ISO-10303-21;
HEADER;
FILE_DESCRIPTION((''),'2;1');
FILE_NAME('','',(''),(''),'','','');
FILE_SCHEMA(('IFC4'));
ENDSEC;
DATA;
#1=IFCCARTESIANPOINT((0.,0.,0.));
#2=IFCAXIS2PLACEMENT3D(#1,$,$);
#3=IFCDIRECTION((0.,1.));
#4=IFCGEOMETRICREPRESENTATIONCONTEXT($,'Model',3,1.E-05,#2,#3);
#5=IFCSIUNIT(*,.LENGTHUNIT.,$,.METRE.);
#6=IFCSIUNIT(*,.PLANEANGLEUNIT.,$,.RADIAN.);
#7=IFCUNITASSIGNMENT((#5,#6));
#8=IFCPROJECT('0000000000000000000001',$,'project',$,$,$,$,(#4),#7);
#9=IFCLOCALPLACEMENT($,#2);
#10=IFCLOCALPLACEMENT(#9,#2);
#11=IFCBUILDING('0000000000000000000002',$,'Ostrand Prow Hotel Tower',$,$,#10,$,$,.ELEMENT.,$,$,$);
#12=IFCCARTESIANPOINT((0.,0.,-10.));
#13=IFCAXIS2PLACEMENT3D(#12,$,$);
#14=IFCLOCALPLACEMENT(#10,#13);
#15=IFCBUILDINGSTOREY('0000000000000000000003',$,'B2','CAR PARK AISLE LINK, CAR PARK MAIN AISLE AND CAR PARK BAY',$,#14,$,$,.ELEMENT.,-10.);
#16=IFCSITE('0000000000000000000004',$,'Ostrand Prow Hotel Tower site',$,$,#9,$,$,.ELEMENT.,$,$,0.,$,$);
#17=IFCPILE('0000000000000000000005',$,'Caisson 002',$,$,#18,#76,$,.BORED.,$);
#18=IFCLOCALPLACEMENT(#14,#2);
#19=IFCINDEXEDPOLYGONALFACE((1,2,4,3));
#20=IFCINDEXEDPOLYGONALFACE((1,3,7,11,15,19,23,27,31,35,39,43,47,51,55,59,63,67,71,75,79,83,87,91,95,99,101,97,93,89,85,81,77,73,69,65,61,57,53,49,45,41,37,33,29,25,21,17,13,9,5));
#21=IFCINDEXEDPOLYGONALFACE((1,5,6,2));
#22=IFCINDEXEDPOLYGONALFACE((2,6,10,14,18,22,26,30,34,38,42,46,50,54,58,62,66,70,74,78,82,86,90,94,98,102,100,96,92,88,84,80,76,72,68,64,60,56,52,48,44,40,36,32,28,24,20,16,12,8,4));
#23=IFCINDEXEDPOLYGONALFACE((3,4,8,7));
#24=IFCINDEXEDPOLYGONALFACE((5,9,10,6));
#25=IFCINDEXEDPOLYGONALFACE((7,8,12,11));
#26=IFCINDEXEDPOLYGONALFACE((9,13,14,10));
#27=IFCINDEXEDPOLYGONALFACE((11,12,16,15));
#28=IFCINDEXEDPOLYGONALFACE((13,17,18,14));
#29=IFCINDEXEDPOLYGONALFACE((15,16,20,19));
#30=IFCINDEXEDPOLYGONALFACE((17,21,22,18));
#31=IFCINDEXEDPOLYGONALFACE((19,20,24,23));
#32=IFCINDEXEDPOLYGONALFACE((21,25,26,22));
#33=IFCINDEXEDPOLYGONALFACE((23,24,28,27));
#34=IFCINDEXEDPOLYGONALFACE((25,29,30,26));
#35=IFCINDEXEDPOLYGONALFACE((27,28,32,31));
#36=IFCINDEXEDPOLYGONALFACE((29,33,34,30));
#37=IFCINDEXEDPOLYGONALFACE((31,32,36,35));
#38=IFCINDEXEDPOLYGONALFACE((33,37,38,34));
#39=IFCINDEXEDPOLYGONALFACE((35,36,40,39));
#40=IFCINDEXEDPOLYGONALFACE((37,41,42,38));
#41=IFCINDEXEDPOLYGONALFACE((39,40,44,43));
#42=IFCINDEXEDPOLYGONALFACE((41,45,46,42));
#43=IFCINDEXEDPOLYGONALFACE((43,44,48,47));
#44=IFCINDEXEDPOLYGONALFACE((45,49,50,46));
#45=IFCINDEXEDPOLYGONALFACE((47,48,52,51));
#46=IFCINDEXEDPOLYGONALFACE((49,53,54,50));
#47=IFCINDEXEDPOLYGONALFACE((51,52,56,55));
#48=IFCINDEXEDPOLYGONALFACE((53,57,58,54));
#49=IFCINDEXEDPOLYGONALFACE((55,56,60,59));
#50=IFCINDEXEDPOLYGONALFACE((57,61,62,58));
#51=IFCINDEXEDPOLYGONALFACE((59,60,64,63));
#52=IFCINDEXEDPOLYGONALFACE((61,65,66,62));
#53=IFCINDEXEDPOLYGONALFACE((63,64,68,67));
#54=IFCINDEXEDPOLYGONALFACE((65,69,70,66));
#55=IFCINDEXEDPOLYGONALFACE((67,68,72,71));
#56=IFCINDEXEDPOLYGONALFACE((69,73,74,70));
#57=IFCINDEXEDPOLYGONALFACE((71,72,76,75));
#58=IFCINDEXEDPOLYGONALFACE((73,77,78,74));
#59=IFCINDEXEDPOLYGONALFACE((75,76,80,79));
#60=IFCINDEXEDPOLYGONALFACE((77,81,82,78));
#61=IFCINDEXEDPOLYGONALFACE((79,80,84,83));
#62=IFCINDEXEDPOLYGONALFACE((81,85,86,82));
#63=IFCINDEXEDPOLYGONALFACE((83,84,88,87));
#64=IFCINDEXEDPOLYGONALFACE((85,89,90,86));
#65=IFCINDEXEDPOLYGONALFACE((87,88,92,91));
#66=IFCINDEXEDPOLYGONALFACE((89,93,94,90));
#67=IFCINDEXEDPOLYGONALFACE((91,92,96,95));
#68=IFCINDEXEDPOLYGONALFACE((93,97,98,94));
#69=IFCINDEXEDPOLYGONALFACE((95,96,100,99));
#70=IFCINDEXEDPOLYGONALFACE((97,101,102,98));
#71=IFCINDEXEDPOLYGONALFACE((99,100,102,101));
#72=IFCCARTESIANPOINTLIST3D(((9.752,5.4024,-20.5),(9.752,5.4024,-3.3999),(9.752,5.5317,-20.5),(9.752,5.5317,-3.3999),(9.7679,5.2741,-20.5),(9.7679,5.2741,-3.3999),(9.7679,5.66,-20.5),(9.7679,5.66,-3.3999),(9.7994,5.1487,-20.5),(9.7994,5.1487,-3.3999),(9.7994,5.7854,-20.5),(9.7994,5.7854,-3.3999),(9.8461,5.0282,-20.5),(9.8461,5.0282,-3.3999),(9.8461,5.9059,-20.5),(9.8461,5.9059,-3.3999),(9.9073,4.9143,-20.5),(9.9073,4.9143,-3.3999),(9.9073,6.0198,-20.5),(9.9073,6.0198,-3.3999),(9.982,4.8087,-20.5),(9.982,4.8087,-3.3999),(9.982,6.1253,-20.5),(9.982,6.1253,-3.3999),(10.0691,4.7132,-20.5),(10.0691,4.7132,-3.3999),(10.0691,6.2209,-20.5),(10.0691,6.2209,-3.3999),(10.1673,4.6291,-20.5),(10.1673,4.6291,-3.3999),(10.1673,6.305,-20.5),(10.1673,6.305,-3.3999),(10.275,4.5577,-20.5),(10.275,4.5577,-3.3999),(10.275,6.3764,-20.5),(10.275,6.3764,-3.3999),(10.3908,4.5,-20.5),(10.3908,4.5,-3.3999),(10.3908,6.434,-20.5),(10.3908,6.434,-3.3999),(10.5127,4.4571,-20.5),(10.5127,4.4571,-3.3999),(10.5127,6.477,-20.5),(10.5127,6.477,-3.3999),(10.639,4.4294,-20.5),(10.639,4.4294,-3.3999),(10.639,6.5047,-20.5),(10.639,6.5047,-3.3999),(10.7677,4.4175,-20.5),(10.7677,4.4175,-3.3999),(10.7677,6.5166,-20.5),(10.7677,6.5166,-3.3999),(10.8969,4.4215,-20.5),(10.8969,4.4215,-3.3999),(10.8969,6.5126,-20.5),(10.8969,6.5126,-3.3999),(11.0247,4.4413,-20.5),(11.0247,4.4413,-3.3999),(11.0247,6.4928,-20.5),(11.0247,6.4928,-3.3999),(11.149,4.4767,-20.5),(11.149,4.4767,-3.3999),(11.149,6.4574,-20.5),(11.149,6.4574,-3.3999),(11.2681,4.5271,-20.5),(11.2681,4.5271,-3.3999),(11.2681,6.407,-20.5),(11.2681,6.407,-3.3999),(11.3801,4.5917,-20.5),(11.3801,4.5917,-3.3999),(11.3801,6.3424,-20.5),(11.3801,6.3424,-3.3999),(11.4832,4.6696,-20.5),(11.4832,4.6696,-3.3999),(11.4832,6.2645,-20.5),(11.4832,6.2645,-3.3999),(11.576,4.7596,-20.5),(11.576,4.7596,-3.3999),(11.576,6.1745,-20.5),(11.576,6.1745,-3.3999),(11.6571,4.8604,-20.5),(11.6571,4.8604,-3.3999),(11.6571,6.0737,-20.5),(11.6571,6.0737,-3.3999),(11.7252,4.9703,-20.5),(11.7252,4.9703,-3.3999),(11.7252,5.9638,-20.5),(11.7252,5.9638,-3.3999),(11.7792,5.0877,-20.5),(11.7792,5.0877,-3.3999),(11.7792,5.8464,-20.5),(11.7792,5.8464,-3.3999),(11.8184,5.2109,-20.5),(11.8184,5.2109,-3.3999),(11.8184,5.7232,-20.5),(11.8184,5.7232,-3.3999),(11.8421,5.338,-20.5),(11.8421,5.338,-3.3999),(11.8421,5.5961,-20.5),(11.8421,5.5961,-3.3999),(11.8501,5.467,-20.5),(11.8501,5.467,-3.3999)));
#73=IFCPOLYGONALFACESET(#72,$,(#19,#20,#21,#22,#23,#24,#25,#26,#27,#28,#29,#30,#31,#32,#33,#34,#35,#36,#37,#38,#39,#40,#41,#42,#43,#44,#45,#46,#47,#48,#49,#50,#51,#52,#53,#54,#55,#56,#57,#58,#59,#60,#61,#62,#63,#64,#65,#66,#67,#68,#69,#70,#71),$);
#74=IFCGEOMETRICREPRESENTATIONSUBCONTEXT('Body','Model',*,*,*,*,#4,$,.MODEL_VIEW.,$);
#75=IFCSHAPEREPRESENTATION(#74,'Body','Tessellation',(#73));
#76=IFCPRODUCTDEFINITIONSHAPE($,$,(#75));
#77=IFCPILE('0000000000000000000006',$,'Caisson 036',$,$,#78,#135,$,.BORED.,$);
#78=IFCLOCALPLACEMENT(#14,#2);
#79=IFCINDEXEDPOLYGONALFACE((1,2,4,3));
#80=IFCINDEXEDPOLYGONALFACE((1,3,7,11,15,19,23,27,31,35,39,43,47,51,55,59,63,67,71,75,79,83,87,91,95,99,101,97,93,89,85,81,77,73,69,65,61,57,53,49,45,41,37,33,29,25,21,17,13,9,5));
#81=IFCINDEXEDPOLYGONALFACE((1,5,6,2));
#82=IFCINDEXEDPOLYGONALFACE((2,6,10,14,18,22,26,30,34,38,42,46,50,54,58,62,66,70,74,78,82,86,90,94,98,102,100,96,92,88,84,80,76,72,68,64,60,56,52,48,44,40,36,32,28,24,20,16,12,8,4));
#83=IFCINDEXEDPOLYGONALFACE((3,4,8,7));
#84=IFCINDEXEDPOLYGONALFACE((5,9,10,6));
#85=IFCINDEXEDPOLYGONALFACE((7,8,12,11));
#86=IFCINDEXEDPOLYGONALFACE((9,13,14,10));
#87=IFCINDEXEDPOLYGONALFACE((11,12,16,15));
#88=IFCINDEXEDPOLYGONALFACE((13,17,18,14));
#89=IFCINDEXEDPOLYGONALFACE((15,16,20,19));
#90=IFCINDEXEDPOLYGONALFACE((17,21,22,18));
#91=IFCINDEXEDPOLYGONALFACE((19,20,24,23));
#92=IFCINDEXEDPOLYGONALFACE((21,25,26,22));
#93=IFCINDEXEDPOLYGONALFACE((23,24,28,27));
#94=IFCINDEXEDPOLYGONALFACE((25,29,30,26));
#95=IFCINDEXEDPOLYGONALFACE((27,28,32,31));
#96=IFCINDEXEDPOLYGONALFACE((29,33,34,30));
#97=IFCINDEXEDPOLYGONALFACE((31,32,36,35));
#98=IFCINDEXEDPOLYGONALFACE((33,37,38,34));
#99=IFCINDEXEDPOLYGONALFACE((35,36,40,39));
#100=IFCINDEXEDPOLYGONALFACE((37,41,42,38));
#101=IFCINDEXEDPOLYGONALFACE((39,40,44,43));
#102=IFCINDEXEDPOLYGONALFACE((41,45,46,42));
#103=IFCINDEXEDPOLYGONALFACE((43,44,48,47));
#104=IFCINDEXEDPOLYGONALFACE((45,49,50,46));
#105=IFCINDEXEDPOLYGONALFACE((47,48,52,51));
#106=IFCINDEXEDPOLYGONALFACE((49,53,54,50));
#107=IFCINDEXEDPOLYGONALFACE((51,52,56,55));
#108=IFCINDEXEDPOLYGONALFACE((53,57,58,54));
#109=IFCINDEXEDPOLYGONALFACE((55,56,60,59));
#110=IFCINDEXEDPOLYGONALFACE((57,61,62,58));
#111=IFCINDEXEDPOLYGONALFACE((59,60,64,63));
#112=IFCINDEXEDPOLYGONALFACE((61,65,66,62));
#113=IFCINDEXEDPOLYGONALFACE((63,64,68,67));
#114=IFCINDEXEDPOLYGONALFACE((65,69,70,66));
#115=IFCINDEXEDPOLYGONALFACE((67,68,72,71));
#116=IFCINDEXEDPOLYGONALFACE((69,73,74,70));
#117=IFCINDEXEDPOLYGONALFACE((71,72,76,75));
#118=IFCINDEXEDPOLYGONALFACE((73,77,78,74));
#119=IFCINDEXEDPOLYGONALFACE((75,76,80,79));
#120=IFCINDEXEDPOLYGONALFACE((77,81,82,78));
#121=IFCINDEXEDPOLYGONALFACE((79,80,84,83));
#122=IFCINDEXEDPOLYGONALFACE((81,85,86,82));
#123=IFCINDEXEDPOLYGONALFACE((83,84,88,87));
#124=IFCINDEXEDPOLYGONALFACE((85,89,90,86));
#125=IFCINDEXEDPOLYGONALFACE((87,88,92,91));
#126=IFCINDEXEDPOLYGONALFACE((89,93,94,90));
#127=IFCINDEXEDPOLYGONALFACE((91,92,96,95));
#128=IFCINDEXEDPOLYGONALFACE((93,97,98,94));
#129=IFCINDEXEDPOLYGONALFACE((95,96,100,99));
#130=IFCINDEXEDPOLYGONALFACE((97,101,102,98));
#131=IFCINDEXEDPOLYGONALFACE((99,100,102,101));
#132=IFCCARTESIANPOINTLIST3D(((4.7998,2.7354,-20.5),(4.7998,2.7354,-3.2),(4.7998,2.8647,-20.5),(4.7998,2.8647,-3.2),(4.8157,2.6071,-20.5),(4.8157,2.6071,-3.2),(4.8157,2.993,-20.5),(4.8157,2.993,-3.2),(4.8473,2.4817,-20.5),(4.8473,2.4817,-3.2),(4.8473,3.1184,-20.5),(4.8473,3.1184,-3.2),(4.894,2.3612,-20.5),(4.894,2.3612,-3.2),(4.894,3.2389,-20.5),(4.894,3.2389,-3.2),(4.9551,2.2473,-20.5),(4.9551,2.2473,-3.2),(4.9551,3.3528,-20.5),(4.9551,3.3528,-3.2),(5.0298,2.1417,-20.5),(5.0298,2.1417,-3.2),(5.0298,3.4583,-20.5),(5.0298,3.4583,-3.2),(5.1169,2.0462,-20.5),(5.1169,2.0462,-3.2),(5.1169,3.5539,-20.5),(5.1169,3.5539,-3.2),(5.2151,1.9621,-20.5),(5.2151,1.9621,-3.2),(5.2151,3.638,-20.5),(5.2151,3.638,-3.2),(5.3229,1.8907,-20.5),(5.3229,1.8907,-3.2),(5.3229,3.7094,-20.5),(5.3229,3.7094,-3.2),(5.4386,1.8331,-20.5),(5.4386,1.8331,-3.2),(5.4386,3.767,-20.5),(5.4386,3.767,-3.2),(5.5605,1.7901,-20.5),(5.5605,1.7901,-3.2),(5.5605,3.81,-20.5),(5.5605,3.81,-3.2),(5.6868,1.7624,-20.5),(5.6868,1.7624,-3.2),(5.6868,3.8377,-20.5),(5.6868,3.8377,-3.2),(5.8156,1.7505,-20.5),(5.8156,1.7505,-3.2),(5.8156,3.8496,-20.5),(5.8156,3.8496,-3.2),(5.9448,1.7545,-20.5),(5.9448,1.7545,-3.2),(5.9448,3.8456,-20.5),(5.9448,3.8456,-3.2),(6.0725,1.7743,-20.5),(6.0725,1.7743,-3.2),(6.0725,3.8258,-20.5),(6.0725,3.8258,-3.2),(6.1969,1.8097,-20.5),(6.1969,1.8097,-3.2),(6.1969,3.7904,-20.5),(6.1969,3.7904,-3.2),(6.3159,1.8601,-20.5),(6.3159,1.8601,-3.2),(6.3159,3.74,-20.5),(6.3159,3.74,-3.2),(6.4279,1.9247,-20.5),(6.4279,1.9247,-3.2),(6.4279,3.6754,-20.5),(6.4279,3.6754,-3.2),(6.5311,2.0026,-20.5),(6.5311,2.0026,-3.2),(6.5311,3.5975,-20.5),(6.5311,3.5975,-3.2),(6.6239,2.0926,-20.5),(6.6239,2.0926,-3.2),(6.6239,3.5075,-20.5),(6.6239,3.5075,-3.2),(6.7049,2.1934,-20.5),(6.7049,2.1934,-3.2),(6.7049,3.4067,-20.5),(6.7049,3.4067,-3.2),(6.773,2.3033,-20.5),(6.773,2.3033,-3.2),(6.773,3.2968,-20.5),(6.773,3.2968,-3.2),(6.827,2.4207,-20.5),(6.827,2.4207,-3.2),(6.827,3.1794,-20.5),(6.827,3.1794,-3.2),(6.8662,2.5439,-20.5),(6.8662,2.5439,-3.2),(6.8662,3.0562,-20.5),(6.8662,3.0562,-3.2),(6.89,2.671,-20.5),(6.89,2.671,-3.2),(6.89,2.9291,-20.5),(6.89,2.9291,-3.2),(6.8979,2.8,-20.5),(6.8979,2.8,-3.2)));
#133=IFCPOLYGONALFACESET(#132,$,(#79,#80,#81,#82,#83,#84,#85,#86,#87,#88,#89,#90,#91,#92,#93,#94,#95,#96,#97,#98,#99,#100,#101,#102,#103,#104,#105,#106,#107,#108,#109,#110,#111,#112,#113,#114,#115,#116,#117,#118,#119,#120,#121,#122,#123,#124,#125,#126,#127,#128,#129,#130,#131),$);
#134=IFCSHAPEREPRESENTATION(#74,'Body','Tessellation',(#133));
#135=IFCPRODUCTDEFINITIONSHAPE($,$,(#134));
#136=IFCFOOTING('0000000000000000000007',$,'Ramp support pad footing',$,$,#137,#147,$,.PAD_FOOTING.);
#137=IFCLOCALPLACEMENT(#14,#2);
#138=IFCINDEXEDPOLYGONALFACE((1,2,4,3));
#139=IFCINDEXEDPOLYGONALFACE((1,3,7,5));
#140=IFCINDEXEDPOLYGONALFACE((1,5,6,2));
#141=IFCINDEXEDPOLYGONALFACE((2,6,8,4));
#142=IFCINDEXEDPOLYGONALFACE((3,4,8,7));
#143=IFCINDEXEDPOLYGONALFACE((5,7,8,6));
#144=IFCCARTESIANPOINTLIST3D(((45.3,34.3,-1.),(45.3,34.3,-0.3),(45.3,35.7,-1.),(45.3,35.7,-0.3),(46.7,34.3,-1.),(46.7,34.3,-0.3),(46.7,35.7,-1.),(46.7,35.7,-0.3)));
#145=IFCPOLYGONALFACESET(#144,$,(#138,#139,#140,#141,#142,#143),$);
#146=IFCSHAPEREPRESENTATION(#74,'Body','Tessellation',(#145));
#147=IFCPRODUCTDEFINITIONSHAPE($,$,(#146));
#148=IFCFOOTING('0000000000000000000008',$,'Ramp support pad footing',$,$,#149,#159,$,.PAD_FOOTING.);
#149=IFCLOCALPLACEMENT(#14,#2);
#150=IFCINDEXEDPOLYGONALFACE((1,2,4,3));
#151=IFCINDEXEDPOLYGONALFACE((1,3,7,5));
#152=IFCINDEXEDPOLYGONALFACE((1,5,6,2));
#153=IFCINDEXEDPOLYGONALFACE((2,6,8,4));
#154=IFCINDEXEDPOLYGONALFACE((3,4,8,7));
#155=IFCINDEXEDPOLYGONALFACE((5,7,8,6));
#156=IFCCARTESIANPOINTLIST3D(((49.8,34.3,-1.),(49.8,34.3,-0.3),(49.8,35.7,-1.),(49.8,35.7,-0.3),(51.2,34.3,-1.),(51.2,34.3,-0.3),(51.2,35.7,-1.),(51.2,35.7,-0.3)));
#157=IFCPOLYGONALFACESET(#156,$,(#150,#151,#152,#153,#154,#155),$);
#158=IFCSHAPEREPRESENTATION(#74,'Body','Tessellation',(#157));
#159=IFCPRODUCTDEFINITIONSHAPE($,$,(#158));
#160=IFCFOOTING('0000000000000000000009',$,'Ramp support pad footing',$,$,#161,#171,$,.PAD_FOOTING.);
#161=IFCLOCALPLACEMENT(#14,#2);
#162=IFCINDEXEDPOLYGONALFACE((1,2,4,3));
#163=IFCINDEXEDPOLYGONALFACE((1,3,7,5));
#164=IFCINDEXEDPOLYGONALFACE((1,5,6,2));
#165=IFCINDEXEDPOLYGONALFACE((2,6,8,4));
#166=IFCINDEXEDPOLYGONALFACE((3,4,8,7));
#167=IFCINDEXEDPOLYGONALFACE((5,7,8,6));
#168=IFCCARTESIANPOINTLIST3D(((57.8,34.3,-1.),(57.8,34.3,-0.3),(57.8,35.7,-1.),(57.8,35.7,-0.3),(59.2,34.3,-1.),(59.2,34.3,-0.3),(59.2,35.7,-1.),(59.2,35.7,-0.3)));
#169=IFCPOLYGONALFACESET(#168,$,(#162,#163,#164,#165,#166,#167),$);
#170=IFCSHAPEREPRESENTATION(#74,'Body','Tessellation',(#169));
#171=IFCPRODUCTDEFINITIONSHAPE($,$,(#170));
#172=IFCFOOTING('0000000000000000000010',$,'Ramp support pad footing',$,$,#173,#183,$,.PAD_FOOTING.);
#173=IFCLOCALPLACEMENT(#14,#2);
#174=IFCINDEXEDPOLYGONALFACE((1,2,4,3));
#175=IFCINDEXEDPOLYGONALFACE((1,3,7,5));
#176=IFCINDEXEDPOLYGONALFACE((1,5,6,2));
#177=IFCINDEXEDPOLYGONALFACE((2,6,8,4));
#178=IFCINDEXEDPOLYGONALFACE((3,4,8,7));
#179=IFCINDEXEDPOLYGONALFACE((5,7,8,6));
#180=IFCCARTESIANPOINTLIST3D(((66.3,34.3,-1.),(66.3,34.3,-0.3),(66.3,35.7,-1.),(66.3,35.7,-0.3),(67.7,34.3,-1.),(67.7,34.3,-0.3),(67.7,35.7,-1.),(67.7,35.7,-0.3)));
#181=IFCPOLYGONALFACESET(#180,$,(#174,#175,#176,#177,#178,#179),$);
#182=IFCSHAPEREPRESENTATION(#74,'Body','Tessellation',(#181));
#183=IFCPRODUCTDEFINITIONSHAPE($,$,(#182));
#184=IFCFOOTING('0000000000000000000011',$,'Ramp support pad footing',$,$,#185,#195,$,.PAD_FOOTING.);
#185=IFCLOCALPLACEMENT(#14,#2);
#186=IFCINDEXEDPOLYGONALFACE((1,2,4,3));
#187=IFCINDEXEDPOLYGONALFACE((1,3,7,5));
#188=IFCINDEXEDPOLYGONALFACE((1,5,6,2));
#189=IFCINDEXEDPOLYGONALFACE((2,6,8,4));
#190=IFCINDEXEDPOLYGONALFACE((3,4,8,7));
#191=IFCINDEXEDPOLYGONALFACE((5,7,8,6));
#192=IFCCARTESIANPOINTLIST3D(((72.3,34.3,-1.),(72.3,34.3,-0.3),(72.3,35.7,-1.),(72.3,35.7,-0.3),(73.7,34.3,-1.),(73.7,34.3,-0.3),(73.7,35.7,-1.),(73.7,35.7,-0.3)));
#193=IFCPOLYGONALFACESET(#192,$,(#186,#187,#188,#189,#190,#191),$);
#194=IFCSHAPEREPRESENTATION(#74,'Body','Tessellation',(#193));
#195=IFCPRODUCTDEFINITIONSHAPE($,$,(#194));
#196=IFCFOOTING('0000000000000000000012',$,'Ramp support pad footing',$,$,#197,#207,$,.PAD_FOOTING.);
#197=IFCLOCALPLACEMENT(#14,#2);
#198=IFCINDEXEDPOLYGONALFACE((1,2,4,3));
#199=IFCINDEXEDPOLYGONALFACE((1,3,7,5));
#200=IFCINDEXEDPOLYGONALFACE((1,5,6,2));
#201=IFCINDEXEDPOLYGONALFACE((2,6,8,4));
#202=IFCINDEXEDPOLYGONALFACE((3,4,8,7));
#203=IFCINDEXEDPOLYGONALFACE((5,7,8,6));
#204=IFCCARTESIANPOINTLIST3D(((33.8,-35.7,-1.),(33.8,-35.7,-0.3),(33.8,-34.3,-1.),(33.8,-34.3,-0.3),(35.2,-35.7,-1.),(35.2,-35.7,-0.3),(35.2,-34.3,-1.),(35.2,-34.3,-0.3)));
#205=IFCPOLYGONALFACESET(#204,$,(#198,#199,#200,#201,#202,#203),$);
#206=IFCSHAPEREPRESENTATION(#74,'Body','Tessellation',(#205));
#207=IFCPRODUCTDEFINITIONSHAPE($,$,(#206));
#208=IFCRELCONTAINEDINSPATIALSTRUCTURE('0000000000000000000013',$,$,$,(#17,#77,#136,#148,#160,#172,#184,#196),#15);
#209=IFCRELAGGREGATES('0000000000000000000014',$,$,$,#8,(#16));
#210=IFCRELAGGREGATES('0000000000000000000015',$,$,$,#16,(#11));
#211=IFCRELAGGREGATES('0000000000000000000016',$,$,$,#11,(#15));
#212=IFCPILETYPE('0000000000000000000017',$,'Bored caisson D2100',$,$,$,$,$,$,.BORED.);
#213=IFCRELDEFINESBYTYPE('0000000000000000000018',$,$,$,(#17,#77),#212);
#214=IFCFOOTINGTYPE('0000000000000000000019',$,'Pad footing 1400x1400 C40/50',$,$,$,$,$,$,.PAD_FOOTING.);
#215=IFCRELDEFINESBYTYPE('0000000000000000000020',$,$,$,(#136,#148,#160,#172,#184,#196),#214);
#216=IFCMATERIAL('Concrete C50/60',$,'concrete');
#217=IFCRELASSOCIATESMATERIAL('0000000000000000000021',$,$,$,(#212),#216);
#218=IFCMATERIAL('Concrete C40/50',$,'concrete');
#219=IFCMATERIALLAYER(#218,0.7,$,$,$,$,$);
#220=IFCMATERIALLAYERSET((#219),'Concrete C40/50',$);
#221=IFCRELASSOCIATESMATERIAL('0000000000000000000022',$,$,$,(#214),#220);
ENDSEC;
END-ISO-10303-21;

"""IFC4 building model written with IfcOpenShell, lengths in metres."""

from ifc_helpers import new_model, si_unit, direction, frame, origin, origin_2d, place, context, subcontext, project, spatial, polyline, circle, outline, extrude, material, layer, layer_set, type_object, element, save


model = new_model("IFC4")

# Units and contexts
model_context = context("Model", 3, precision=1e-05, world=origin(), true_north=direction((0.0, 1.0)))
body_context = subcontext(model_context, "Body", "Model", "MODEL_VIEW")
ifc_project = project(units=[si_unit("LENGTHUNIT", "METRE"), si_unit("PLANEANGLEUNIT", "RADIAN")], contexts=[model_context])

# Site, building, storey
site_placement = place(None, origin())
site = spatial("IfcSite", under=ifc_project, at=site_placement, Name="Ostrand Prow Hotel Tower site", CompositionType="ELEMENT", RefElevation=0.0)
building_placement = place(site_placement, origin())
building = spatial("IfcBuilding", under=site, at=building_placement, Name="Ostrand Prow Hotel Tower", CompositionType="ELEMENT")
storey_placement = place(building_placement, frame((0.0, 0.0, -10.0)))
storey = spatial("IfcBuildingStorey", under=building, at=storey_placement, Name="B2", Description="CAR PARK AISLE LINK, CAR PARK MAIN AISLE AND CAR PARK BAY", CompositionType="ELEMENT", Elevation=-10.0)

# Piles
ifc_material_1 = material(Name="Concrete C50/60", Category="concrete")
pile_type = type_object("IfcPileType", Name="Bored caisson D2100", PredefinedType="BORED", material=ifc_material_1)
pile_1_placement = place(storey_placement, frame((10.8, 5.467, -3.3999), z_axis=(0.0, 0.0, -1.0), x_axis=(1.0, 0.0, 0.0)))
element("IfcPile", 1, at=pile_1_placement, inside=storey, type_object=pile_type, Name="Caisson 002", PredefinedType="BORED", context=body_context, shape_type="SweptSolid", body=[
    extrude(circle(Radius=1.05, at=origin_2d()), origin(), (0.0, 0.0, 1.0), 17.1001),
])
pile_2_placement = place(storey_placement, frame((5.8479, 2.8, -3.2), z_axis=(0.0, 0.0, -1.0), x_axis=(1.0, 0.0, 0.0)))
element("IfcPile", 2, at=pile_2_placement, inside=storey, type_object=pile_type, Name="Caisson 036", PredefinedType="BORED", context=body_context, shape_type="SweptSolid", body=[
    extrude(circle(Radius=1.05, at=origin_2d()), origin(), (0.0, 0.0, 1.0), 17.3),
])

# Footings
ifc_material_2 = material(Name="Concrete C40/50", Category="concrete")
ifc_layer_1 = layer(ifc_material_2, 0.7)
ifc_layer_set_1 = layer_set([ifc_layer_1], Name="Concrete C40/50")
footing_type_1 = type_object("IfcFootingType", Name="Pad footing 1400x1400 C40/50", PredefinedType="PAD_FOOTING", material=ifc_layer_set_1)
footing_1_placement = place(storey_placement, frame((0.0, 0.0, -1.0)))
element("IfcFooting", 3, at=footing_1_placement, inside=storey, type_object=footing_type_1, Name="Ramp support pad footing", PredefinedType="PAD_FOOTING", context=body_context, shape_type="SweptSolid", body=[
    extrude(outline(polyline([(45.3, 34.3), (46.7, 34.3), (46.7, 35.7), (45.3, 35.7), (45.3, 34.3)])), origin(), (0.0, 0.0, 1.0), 0.7),
])
footing_2_placement = place(storey_placement, frame((0.0, 0.0, -1.0)))
element("IfcFooting", 4, at=footing_2_placement, inside=storey, type_object=footing_type_1, Name="Ramp support pad footing", PredefinedType="PAD_FOOTING", context=body_context, shape_type="SweptSolid", body=[
    extrude(outline(polyline([(49.8, 34.3), (51.2, 34.3), (51.2, 35.7), (49.8, 35.7), (49.8, 34.3)])), origin(), (0.0, 0.0, 1.0), 0.7),
])
footing_3_placement = place(storey_placement, frame((0.0, 0.0, -1.0)))
element("IfcFooting", 5, at=footing_3_placement, inside=storey, type_object=footing_type_1, Name="Ramp support pad footing", PredefinedType="PAD_FOOTING", context=body_context, shape_type="SweptSolid", body=[
    extrude(outline(polyline([(57.8, 34.3), (59.2, 34.3), (59.2, 35.7), (57.8, 35.7), (57.8, 34.3)])), origin(), (0.0, 0.0, 1.0), 0.7),
])
footing_4_placement = place(storey_placement, frame((0.0, 0.0, -1.0)))
element("IfcFooting", 6, at=footing_4_placement, inside=storey, type_object=footing_type_1, Name="Ramp support pad footing", PredefinedType="PAD_FOOTING", context=body_context, shape_type="SweptSolid", body=[
    extrude(outline(polyline([(66.3, 34.3), (67.7, 34.3), (67.7, 35.7), (66.3, 35.7), (66.3, 34.3)])), origin(), (0.0, 0.0, 1.0), 0.7),
])
footing_5_placement = place(storey_placement, frame((0.0, 0.0, -1.0)))
element("IfcFooting", 7, at=footing_5_placement, inside=storey, type_object=footing_type_1, Name="Ramp support pad footing", PredefinedType="PAD_FOOTING", context=body_context, shape_type="SweptSolid", body=[
    extrude(outline(polyline([(72.3, 34.3), (73.7, 34.3), (73.7, 35.7), (72.3, 35.7), (72.3, 34.3)])), origin(), (0.0, 0.0, 1.0), 0.7),
])
footing_6_placement = place(storey_placement, frame((0.0, 0.0, -1.0)))
element("IfcFooting", 8, at=footing_6_placement, inside=storey, type_object=footing_type_1, Name="Ramp support pad footing", PredefinedType="PAD_FOOTING", context=body_context, shape_type="SweptSolid", body=[
    extrude(outline(polyline([(33.8, -35.7), (35.2, -35.7), (35.2, -34.3), (33.8, -34.3), (33.8, -35.7)])), origin(), (0.0, 0.0, 1.0), 0.7),
])

save(model, "model.ifc")
